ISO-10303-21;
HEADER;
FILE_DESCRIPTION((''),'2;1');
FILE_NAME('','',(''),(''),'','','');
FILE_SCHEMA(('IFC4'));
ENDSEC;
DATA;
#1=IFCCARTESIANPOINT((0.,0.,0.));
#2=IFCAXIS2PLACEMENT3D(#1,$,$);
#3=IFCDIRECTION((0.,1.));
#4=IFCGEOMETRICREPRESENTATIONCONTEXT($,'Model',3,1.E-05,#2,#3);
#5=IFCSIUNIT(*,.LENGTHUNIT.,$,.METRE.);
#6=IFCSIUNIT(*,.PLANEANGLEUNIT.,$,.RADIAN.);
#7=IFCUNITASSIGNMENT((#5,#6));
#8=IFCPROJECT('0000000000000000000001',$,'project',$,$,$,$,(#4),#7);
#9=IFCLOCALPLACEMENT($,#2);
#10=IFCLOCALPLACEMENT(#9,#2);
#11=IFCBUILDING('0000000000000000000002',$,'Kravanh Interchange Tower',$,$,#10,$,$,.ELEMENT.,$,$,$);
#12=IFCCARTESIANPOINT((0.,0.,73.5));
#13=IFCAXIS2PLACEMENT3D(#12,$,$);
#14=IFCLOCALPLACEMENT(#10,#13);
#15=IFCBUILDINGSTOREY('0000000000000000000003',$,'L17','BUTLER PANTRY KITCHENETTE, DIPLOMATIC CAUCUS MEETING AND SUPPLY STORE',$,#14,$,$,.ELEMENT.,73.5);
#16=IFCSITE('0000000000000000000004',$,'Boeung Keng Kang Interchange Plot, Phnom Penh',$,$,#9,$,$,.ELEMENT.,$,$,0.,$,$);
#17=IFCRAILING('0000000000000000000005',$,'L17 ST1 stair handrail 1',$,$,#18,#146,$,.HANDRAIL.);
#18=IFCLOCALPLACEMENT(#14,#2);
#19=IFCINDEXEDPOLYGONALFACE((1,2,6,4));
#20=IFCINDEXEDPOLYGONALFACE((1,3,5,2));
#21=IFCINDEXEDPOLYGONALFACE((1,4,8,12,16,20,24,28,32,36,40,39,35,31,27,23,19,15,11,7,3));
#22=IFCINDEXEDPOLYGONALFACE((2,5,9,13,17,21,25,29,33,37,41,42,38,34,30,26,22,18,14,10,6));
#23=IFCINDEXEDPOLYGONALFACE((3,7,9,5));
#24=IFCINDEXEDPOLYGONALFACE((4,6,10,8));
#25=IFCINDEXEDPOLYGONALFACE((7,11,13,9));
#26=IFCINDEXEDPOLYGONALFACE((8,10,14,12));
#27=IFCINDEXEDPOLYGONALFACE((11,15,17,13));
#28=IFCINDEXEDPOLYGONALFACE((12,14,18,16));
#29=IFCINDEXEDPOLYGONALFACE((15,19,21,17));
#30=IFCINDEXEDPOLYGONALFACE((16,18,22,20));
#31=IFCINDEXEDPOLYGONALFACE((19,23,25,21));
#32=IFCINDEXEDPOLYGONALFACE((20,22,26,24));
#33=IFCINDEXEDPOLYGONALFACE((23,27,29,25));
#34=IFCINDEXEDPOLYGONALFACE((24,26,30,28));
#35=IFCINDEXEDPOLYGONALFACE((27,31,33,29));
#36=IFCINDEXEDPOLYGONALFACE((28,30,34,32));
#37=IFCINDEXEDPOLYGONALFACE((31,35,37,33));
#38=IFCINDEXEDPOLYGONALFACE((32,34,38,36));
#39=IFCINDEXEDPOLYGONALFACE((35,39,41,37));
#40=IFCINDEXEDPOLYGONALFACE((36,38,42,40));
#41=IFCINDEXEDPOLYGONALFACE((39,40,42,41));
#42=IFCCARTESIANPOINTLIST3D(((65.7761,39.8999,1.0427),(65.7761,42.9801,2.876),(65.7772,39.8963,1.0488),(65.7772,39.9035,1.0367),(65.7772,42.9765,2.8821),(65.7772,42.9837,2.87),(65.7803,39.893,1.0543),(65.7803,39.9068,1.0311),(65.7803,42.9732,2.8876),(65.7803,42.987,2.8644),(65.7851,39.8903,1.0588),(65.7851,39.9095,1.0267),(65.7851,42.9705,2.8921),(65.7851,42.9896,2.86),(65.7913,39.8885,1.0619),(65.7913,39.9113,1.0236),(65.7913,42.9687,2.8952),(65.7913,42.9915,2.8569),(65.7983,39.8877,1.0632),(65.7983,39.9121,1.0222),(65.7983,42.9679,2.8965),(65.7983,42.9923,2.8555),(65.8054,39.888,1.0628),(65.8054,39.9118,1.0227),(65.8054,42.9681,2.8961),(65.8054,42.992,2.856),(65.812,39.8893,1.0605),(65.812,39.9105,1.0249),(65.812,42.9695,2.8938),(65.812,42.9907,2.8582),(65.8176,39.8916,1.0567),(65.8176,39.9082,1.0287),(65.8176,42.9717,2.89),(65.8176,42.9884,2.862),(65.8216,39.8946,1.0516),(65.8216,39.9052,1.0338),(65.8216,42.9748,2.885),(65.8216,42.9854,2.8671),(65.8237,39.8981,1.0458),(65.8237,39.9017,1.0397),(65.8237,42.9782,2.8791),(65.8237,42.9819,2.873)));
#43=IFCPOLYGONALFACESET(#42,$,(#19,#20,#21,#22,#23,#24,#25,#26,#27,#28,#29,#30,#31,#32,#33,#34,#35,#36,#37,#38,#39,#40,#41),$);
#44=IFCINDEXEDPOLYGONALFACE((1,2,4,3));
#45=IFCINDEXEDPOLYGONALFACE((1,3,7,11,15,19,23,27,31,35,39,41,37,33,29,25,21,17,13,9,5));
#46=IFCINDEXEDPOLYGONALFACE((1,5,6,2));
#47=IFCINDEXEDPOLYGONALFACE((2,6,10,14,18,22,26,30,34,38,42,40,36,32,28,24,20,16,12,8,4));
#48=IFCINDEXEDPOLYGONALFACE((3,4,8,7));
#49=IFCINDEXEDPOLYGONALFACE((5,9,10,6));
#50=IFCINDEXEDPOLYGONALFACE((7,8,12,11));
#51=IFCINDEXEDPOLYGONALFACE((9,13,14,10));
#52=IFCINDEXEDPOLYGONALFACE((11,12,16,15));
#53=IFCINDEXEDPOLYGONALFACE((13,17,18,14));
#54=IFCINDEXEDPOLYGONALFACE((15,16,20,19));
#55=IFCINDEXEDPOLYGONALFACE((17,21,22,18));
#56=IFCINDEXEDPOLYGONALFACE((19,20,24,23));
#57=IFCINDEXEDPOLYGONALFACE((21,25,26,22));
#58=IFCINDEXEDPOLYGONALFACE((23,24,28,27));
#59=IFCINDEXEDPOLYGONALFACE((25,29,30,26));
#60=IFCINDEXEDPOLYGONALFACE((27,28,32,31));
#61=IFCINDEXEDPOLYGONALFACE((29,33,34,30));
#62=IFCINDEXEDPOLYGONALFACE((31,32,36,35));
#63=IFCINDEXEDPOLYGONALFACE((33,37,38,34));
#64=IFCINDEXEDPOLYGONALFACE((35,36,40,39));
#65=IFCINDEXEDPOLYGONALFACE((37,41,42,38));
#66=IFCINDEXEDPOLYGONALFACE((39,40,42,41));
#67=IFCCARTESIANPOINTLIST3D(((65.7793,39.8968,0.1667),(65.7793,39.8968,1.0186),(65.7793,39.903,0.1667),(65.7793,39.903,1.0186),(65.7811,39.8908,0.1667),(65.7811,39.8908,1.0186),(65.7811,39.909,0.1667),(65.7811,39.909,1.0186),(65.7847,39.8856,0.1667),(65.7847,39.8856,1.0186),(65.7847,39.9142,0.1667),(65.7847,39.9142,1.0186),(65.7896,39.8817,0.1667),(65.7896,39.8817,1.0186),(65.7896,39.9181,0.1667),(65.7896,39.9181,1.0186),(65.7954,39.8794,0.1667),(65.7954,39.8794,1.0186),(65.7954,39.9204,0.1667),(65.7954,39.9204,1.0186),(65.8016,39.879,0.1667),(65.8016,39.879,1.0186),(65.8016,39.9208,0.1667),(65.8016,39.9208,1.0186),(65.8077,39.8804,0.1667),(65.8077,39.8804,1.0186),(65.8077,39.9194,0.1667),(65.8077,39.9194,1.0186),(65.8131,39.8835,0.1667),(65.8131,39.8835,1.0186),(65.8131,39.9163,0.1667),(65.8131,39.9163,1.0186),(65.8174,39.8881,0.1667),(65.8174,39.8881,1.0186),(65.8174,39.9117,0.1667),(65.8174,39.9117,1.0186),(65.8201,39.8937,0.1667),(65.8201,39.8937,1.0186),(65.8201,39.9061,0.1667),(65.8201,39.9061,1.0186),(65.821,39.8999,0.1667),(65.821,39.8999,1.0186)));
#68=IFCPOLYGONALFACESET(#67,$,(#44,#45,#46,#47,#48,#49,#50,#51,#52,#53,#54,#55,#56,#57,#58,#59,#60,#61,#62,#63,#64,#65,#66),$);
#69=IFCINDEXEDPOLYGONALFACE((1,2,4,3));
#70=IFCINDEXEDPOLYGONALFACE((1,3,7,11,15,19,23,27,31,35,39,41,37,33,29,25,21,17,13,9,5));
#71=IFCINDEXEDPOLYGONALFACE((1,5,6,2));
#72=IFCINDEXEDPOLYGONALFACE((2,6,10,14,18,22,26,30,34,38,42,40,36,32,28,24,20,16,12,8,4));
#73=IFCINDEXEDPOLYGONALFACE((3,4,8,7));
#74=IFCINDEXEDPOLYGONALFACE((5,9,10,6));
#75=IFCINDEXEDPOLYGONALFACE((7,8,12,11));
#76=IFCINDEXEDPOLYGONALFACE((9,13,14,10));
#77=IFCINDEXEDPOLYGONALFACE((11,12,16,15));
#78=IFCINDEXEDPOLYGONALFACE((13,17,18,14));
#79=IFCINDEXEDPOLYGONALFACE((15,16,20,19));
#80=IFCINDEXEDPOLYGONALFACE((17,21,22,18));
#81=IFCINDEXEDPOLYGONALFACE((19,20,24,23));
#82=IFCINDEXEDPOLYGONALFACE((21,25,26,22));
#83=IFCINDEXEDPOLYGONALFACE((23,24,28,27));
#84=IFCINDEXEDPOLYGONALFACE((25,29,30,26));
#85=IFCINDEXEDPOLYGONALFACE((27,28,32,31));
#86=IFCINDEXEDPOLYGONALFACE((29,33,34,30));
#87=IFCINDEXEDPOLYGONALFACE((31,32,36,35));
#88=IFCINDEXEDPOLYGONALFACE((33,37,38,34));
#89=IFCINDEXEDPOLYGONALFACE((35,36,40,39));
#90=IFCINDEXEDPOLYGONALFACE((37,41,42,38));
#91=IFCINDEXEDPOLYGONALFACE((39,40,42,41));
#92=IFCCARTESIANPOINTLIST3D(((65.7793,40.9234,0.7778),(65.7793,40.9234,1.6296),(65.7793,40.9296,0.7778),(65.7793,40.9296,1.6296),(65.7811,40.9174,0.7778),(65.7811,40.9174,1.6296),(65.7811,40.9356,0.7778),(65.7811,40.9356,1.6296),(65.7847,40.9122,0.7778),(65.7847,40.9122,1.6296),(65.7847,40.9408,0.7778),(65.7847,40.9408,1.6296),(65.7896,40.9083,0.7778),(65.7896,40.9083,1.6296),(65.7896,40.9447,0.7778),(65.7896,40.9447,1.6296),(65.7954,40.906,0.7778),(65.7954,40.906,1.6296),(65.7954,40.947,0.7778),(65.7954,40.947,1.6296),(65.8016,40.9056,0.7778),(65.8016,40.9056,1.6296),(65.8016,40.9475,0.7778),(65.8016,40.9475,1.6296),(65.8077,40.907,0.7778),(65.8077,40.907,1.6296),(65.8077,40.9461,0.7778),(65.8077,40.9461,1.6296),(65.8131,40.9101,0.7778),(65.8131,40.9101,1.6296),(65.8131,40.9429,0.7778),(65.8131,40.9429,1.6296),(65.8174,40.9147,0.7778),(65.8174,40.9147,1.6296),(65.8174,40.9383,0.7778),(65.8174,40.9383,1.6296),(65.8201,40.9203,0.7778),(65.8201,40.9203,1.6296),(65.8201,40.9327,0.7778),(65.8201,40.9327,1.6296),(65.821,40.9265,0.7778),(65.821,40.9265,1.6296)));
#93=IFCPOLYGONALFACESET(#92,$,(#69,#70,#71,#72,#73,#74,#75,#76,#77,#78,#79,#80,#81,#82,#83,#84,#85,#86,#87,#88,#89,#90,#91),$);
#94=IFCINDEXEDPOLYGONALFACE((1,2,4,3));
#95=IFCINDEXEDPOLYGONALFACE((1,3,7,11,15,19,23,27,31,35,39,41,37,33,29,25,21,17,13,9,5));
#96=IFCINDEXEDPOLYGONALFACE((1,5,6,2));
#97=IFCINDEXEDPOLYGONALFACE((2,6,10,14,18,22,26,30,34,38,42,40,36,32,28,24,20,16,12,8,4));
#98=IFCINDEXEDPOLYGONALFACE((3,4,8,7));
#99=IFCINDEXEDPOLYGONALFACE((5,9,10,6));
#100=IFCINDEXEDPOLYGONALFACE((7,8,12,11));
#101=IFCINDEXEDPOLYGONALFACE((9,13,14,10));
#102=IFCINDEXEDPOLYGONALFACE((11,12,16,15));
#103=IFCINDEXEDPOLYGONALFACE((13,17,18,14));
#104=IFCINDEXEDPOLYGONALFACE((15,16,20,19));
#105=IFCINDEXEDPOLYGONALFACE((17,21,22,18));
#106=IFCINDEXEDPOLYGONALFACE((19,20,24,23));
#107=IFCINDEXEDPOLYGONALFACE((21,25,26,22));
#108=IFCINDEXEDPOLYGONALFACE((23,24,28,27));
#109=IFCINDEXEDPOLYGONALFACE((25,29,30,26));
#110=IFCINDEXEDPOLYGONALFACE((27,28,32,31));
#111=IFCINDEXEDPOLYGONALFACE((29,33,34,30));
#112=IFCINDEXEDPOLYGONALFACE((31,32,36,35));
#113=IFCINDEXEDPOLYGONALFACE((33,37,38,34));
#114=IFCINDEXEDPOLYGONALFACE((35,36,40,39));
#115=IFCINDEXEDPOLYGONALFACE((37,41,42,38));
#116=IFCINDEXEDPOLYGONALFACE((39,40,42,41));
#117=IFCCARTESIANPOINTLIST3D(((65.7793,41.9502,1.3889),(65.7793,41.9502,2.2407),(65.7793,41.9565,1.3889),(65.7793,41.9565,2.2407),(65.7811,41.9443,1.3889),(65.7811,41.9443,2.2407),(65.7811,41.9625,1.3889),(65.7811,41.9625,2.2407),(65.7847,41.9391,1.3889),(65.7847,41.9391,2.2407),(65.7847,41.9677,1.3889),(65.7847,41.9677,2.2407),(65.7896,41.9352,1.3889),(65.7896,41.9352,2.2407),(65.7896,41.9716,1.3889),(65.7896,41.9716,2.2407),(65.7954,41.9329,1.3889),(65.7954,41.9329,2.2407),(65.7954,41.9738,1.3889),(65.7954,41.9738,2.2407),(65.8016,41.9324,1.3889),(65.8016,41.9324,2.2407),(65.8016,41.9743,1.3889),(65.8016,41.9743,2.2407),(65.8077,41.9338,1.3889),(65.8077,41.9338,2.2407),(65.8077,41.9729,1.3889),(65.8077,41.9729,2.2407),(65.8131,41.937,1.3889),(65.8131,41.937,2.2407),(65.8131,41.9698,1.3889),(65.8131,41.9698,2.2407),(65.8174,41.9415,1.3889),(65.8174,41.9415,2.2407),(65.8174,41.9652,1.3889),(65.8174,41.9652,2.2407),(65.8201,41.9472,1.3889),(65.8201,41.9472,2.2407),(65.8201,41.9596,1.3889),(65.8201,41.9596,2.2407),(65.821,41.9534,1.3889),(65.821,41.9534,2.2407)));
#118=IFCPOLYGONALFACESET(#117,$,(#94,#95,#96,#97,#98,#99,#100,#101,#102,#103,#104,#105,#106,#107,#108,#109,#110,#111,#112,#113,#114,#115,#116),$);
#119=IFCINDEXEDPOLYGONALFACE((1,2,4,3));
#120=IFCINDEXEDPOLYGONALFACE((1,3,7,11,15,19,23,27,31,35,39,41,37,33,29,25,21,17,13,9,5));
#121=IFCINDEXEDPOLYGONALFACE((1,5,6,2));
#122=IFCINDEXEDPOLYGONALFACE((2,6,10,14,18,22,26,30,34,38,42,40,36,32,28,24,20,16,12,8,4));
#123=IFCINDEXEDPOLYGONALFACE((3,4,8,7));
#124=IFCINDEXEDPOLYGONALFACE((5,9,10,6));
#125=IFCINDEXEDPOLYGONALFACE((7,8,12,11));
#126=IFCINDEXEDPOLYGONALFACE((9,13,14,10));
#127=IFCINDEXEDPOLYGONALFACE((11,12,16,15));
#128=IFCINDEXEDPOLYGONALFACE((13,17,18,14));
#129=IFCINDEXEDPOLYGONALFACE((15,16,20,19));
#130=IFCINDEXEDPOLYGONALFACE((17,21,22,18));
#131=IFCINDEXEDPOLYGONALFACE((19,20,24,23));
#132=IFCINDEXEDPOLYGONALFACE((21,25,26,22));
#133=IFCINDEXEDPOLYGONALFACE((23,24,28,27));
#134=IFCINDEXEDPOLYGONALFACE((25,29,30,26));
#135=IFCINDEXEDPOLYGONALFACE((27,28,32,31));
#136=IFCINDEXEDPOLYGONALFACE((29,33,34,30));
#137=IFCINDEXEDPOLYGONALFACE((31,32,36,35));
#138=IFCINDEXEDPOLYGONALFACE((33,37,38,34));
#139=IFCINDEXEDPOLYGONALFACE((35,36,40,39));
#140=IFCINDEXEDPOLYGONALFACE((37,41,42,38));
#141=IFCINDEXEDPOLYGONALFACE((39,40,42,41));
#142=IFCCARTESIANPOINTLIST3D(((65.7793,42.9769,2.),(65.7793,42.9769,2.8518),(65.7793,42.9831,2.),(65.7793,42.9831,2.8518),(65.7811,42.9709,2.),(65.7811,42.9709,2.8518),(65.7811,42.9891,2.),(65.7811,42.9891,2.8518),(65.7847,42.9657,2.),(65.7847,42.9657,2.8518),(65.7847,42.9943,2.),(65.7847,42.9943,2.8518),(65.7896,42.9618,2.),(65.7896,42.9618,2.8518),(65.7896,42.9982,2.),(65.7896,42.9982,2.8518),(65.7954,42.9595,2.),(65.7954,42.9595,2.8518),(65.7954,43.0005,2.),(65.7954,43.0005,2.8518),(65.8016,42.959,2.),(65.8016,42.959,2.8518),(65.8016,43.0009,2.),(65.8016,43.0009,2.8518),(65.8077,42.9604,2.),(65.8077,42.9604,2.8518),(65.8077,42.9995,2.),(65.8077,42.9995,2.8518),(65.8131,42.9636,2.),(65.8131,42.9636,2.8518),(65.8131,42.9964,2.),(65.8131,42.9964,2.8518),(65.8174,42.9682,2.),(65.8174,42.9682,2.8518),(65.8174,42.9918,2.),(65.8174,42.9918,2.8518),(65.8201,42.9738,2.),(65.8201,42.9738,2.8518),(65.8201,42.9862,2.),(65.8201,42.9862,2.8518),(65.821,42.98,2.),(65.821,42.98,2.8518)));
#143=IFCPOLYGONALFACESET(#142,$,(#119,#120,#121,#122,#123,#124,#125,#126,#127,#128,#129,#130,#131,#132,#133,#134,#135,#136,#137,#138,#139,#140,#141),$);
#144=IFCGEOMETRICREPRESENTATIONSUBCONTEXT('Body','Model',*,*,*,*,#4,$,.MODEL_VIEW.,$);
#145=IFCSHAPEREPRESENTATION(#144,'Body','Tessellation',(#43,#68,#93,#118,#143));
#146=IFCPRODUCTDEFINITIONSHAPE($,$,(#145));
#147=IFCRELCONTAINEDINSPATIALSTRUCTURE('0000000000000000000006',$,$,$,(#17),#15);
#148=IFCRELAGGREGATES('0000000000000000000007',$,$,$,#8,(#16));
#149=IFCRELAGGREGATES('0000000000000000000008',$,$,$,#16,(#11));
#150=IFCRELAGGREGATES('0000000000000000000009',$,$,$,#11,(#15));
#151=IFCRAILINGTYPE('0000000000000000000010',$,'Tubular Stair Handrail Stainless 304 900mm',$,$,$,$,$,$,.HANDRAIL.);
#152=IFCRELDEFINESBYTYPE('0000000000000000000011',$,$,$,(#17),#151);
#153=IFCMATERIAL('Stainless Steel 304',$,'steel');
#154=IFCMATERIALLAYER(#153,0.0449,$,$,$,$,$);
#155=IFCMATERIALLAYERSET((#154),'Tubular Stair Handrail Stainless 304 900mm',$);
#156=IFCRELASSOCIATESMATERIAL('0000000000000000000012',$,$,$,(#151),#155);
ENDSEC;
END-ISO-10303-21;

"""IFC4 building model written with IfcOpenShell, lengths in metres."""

from ifc_helpers import new_model, si_unit, direction, frame, origin, origin_2d, place, context, subcontext, project, spatial, circle, extrude, material, layer, layer_set, type_object, element, save


model = new_model("IFC4")

# Units and contexts
model_context = context("Model", 3, precision=1e-05, world=origin(), true_north=direction((0.0, 1.0)))
body_context = subcontext(model_context, "Body", "Model", "MODEL_VIEW")
ifc_project = project(units=[si_unit("LENGTHUNIT", "METRE"), si_unit("PLANEANGLEUNIT", "RADIAN")], contexts=[model_context])

# Site, building, storey
site_placement = place(None, origin())
site = spatial("IfcSite", under=ifc_project, at=site_placement, Name="Boeung Keng Kang Interchange Plot, Phnom Penh", CompositionType="ELEMENT", RefElevation=0.0)
building_placement = place(site_placement, origin())
building = spatial("IfcBuilding", under=site, at=building_placement, Name="Kravanh Interchange Tower", CompositionType="ELEMENT")
storey_placement = place(building_placement, frame((0.0, 0.0, 73.5)))
storey = spatial("IfcBuildingStorey", under=building, at=storey_placement, Name="L17", Description="BUTLER PANTRY KITCHENETTE, DIPLOMATIC CAUCUS MEETING AND SUPPLY STORE", CompositionType="ELEMENT", Elevation=73.5)

# Railing
ifc_material_1 = material(Name="Stainless Steel 304", Category="steel")
ifc_layer_1 = layer(ifc_material_1, 0.0449)
ifc_layer_set_1 = layer_set([ifc_layer_1], Name="Tubular Stair Handrail Stainless 304 900mm")
railing_type_1 = type_object("IfcRailingType", Name="Tubular Stair Handrail Stainless 304 900mm", PredefinedType="HANDRAIL", material=ifc_layer_set_1)
railing_1_placement = place(storey_placement, frame((65.8, 39.8999, 0.1667)))
element("IfcRailing", 1, at=railing_1_placement, inside=storey, type_object=railing_type_1, Name="L17 ST1 stair handrail 1", PredefinedType="HANDRAIL", context=body_context, shape_type="SweptSolid", body=[
    extrude(circle(Radius=0.0239, at=origin_2d()), frame((0.0, 0.0, 0.876), z_axis=(0.0, 0.859309, 0.511458), x_axis=(-1.0, 0.0, 0.0)), (0.0, 0.0, 1.0), 3.5845),
    extrude(circle(Radius=0.021, at=origin_2d()), origin(), (0.0, 0.0, 1.0), 0.8518),
    extrude(circle(Radius=0.021, at=origin_2d()), frame((0.0, 1.0266, 0.6111)), (0.0, 0.0, 1.0), 0.8518),
    extrude(circle(Radius=0.021, at=origin_2d()), frame((0.0, 2.0535, 1.2222)), (0.0, 0.0, 1.0), 0.8518),
    extrude(circle(Radius=0.021, at=origin_2d()), frame((0.0, 3.0801, 1.8333)), (0.0, 0.0, 1.0), 0.8518),
])

save(model, "model.ifc")
